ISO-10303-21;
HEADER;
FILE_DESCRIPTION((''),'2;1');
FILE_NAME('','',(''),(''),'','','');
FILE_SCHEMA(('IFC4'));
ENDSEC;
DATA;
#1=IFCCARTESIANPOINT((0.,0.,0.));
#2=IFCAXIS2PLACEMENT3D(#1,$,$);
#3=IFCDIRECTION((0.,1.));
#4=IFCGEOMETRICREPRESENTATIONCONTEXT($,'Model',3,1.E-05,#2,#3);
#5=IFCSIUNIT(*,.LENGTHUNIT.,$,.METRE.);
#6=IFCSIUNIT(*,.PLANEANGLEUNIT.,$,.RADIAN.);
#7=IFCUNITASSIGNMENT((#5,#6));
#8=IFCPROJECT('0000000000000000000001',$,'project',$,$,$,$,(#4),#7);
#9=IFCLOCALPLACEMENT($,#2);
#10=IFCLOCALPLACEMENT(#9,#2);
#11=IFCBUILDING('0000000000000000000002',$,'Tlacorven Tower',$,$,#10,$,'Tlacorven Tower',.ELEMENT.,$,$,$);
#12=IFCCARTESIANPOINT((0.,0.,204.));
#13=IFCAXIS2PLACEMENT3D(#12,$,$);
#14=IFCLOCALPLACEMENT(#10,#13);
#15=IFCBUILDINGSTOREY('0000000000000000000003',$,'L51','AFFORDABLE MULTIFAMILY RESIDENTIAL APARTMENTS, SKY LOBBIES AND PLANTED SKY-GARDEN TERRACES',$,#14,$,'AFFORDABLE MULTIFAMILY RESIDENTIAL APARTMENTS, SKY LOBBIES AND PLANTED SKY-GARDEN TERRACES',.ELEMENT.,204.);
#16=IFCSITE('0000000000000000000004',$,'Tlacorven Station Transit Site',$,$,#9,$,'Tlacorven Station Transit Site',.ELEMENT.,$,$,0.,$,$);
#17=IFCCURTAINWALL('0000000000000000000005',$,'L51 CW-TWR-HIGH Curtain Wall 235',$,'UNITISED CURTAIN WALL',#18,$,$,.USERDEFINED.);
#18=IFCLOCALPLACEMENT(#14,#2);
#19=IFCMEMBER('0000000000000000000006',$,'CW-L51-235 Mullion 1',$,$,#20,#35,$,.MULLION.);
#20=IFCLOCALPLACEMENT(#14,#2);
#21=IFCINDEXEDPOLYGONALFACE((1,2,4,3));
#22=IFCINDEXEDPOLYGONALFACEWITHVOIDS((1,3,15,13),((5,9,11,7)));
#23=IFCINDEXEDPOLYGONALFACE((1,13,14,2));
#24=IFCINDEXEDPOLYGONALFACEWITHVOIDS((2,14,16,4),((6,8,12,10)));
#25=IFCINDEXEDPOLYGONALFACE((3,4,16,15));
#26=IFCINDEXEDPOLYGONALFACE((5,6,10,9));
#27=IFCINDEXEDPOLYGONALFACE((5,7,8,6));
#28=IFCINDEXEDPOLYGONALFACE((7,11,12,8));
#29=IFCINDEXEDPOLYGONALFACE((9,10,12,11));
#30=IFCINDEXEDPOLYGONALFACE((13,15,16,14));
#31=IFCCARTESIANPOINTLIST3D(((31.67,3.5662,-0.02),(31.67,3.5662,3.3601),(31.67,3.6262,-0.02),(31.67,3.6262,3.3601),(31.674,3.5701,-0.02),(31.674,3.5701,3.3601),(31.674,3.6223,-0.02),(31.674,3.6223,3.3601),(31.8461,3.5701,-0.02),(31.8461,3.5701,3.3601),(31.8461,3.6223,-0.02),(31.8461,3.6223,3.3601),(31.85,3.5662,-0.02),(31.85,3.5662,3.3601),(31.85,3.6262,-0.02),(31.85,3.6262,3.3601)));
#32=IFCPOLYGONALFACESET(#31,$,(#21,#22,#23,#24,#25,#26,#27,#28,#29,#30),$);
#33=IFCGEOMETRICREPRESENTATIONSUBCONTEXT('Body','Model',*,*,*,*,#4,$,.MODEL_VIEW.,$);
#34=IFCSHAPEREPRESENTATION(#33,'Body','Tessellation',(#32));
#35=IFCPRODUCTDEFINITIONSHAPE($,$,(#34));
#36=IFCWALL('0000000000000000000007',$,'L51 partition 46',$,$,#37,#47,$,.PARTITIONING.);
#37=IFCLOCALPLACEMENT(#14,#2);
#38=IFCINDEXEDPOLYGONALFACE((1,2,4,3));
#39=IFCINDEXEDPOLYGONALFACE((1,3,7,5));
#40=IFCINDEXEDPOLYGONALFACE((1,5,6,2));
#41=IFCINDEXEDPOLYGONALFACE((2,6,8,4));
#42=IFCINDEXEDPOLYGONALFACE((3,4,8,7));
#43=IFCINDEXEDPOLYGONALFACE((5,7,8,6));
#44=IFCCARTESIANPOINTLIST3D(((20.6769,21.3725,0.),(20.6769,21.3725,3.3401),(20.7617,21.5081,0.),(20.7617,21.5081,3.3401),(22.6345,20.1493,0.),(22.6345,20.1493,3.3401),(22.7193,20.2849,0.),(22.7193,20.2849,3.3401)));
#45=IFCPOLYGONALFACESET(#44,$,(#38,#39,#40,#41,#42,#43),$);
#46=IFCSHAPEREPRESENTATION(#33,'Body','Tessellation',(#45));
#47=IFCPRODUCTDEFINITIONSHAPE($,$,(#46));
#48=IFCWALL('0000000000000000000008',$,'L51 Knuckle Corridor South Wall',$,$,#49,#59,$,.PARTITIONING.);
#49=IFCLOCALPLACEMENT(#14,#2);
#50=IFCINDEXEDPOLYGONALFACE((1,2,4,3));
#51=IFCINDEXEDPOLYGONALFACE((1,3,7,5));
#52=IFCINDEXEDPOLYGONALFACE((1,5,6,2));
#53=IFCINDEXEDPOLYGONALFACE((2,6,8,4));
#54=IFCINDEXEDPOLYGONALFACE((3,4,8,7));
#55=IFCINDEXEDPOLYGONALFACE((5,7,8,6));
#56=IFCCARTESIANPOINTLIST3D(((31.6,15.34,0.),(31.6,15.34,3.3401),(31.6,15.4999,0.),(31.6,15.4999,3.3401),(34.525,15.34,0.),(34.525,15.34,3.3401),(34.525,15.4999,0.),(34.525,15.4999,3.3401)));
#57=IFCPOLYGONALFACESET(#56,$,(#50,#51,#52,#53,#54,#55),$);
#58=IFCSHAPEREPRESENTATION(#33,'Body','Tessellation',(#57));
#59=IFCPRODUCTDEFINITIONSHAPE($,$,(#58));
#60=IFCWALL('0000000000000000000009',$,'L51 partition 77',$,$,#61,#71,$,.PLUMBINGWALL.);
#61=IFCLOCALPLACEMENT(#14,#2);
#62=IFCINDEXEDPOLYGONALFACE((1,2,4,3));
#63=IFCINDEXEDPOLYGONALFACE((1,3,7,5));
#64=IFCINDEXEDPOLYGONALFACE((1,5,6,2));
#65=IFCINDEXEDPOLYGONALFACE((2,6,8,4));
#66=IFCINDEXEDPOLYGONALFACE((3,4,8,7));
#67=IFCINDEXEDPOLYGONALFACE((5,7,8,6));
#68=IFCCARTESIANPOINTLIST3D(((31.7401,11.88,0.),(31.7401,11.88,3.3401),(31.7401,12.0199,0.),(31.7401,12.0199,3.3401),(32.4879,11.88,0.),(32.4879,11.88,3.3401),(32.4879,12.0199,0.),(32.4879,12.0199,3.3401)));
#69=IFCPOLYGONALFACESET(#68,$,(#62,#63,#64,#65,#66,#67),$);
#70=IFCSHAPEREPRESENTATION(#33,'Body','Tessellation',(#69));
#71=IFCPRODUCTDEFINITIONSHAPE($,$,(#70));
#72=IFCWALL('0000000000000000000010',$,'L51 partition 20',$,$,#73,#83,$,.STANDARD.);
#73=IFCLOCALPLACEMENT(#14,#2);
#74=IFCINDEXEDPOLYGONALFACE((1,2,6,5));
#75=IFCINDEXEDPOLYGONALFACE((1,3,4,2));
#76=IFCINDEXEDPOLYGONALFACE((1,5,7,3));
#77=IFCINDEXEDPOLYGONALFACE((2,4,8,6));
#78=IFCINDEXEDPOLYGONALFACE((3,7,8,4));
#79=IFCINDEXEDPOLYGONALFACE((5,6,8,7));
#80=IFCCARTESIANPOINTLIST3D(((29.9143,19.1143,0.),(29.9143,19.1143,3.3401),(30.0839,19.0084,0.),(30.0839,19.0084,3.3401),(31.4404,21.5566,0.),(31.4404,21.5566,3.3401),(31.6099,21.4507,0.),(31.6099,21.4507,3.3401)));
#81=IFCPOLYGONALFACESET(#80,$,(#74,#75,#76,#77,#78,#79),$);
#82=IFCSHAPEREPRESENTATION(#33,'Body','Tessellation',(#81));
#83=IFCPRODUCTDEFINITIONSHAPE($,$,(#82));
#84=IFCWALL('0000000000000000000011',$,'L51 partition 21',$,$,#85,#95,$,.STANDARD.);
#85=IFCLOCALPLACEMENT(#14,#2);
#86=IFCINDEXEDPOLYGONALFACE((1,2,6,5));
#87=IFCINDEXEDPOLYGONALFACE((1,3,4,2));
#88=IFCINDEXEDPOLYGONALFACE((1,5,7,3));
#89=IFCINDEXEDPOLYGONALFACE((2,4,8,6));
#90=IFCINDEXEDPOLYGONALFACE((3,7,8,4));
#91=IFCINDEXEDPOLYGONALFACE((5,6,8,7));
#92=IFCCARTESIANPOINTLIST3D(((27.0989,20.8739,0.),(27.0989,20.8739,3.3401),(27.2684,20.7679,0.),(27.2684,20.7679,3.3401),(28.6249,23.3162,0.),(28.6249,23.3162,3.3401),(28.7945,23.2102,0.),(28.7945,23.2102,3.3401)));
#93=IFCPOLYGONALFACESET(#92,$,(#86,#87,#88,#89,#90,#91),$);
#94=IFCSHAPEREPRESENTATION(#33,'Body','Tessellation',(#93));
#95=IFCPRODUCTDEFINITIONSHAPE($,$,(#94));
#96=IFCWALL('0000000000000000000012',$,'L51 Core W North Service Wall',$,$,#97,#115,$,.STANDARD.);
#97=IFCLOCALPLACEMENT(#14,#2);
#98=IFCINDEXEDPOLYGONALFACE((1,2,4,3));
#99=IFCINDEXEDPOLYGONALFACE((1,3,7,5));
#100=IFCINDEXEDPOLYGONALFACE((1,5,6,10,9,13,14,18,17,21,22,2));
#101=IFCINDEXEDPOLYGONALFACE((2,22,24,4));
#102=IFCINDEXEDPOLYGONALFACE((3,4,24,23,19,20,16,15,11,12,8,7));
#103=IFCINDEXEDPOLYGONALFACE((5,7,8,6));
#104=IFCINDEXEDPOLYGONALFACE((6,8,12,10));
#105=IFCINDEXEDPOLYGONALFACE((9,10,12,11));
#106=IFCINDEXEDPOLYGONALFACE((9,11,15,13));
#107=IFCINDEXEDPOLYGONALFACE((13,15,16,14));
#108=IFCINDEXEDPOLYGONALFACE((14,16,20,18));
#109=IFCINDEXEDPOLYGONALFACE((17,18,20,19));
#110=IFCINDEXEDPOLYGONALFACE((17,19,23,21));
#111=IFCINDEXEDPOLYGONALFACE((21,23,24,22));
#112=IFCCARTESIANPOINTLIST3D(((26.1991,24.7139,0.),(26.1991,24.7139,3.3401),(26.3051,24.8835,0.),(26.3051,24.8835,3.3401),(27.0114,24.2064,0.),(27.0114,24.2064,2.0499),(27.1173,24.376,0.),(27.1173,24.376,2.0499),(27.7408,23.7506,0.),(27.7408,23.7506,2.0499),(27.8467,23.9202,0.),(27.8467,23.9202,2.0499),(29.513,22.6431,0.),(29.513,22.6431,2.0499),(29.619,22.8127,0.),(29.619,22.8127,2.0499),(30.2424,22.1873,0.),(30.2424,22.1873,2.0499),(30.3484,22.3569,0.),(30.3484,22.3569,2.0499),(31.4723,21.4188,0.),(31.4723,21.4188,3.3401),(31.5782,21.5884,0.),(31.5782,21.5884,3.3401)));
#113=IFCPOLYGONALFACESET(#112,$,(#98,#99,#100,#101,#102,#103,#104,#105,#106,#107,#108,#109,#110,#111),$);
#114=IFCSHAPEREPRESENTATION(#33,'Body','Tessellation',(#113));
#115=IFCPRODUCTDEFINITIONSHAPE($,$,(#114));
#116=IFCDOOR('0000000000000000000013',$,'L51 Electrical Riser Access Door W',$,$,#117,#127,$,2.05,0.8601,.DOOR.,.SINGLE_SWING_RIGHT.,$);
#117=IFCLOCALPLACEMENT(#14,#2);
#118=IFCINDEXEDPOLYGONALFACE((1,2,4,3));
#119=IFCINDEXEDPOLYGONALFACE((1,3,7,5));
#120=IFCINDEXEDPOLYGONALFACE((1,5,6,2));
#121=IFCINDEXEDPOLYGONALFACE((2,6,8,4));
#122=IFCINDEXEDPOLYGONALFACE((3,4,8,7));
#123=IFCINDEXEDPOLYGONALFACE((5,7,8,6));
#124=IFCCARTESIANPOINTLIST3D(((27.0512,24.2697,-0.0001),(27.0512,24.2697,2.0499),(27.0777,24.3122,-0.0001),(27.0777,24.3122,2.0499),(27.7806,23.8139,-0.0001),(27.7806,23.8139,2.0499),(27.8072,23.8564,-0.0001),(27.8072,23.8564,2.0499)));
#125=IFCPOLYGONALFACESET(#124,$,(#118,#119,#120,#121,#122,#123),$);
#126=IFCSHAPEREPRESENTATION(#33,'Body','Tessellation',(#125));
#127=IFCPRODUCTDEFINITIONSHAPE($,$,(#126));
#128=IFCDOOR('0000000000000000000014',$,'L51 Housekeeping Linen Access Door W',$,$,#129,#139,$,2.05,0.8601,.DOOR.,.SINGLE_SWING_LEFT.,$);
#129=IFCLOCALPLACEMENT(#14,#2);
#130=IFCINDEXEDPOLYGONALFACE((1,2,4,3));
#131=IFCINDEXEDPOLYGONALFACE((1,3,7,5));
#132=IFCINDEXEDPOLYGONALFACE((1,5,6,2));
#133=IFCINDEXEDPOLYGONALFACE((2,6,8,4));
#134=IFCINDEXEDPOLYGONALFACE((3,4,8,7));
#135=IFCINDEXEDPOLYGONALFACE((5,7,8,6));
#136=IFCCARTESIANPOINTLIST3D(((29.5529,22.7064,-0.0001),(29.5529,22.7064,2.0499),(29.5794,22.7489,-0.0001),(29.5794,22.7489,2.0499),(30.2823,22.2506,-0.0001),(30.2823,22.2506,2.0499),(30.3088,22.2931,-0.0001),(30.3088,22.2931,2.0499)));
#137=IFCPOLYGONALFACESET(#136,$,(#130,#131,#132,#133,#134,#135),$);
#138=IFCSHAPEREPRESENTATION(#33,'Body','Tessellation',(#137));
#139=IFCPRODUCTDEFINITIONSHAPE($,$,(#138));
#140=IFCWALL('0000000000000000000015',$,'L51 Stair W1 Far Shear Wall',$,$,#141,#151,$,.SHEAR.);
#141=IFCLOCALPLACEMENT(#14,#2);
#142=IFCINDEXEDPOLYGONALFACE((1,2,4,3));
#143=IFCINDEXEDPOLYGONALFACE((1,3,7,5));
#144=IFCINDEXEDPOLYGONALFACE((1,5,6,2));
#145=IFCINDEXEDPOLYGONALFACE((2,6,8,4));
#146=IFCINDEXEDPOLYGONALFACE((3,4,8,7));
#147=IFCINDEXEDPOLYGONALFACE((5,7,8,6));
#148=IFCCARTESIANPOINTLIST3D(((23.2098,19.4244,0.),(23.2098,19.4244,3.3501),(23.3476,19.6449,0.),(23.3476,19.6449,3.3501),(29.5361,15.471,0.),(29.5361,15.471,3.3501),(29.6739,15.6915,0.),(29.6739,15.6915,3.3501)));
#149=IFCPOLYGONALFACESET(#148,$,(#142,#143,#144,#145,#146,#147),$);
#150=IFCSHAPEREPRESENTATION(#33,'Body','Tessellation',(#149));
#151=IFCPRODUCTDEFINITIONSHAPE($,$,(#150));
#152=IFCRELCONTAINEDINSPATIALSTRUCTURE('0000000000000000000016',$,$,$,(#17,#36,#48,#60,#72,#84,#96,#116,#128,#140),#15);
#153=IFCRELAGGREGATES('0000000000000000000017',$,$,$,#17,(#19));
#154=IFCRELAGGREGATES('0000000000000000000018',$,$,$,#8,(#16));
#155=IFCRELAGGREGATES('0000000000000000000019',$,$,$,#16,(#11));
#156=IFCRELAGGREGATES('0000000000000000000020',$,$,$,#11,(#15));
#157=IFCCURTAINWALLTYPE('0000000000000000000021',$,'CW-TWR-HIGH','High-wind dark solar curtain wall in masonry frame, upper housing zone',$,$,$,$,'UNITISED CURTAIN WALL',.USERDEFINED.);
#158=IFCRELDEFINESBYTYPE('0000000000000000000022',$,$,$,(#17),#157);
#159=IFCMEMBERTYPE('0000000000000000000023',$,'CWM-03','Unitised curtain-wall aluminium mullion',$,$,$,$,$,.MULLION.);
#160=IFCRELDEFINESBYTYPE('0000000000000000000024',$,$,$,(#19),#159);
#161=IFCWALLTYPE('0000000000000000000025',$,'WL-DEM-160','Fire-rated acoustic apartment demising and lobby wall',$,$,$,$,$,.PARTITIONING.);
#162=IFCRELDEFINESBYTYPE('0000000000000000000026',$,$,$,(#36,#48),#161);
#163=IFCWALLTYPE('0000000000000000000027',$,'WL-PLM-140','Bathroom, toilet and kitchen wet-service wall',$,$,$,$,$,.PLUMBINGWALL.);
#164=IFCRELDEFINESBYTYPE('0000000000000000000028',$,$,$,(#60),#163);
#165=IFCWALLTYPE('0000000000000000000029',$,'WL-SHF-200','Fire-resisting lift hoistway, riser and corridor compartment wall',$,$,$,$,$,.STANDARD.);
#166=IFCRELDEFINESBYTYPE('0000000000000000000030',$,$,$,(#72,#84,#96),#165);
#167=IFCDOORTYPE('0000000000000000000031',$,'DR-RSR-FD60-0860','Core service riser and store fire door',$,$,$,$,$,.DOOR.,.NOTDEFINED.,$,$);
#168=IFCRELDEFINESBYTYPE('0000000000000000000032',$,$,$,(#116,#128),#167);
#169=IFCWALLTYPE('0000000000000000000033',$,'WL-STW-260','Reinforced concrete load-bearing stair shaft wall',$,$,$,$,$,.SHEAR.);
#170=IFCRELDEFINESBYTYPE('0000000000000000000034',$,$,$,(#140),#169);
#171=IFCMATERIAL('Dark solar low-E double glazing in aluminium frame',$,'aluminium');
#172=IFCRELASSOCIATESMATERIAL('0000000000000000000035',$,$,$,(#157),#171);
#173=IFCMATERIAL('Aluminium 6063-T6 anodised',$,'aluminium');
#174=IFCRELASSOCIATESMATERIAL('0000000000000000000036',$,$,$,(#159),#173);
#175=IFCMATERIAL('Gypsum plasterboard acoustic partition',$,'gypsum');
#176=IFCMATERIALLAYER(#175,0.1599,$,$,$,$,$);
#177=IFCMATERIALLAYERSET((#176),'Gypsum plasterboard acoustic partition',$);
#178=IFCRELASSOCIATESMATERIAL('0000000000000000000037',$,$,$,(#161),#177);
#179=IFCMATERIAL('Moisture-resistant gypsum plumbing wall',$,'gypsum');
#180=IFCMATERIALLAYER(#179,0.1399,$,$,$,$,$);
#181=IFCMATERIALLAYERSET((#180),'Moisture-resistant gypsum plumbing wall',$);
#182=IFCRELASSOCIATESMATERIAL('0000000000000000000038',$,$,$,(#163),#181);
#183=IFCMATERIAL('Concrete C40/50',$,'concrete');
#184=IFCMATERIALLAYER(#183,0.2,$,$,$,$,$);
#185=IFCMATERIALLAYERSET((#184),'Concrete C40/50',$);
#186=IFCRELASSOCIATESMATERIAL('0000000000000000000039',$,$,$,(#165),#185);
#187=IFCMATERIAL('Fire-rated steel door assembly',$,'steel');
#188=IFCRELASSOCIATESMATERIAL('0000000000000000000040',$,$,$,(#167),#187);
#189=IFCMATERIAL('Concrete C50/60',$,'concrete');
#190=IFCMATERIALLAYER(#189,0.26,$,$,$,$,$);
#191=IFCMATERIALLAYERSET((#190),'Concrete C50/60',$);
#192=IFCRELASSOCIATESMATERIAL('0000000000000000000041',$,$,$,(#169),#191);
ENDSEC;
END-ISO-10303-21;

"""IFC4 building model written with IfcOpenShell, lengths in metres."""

from ifc_helpers import new_model, si_unit, direction, frame, frame_2d, origin, origin_2d, place, context, subcontext, project, spatial, rectangle, hollow_rectangle, extrude, source, transform, mapped, material, layer, layer_set, material_profile, profile_set, type_object, element, fill, aggregate, save


model = new_model("IFC4")

# Units and contexts
model_context = context("Model", 3, precision=1e-05, world=origin(), true_north=direction((0.0, 1.0)))
body_context = subcontext(model_context, "Body", "Model", "MODEL_VIEW")
ifc_project = project(units=[si_unit("LENGTHUNIT", "METRE"), si_unit("PLANEANGLEUNIT", "RADIAN")], contexts=[model_context])

# Site, building, storey
site_placement = place(None, origin())
site = spatial("IfcSite", under=ifc_project, at=site_placement, Name="Tlacorven Station Transit Site", LongName="Tlacorven Station Transit Site", CompositionType="ELEMENT", RefElevation=0.0)
building_placement = place(site_placement, origin())
building = spatial("IfcBuilding", under=site, at=building_placement, Name="Tlacorven Tower", LongName="Tlacorven Tower", CompositionType="ELEMENT")
storey_placement = place(building_placement, frame((0.0, 0.0, 204.0)))
storey = spatial("IfcBuildingStorey", under=building, at=storey_placement, Name="L51", Description="AFFORDABLE MULTIFAMILY RESIDENTIAL APARTMENTS, SKY LOBBIES AND PLANTED SKY-GARDEN TERRACES", LongName="AFFORDABLE MULTIFAMILY RESIDENTIAL APARTMENTS, SKY LOBBIES AND PLANTED SKY-GARDEN TERRACES", CompositionType="ELEMENT", Elevation=204.0)

# Curtain wall, member
ifc_material_1 = material(Name="Dark solar low-E double glazing in aluminium frame", Category="aluminium")
curtain_wall_type = type_object("IfcCurtainWallType", Name="CW-TWR-HIGH", Description="High-wind dark solar curtain wall in masonry frame, upper housing zone", ElementType="UNITISED CURTAIN WALL", PredefinedType="USERDEFINED", material=ifc_material_1)
curtain_wall_placement = place(storey_placement, origin())
curtain_wall = element("IfcCurtainWall", 1, at=curtain_wall_placement, inside=storey, type_object=curtain_wall_type, Name="L51 CW-TWR-HIGH Curtain Wall 235", ObjectType="UNITISED CURTAIN WALL", PredefinedType="USERDEFINED")
ifc_material_2 = material(Name="Aluminium 6063-T6 anodised", Category="aluminium")
ifc_material_profile = material_profile(ifc_material_2, hollow_rectangle(XDim=0.0601, YDim=0.1799, WallThickness=0.0039, at=origin_2d()), Name="ALU MULLION 60X180")
ifc_profile_set = profile_set([ifc_material_profile], Name="Aluminium 6063-T6 anodised")
member_type = type_object("IfcMemberType", Name="CWM-03", Description="Unitised curtain-wall aluminium mullion", PredefinedType="MULLION", material=ifc_profile_set)
shared_shape_1 = source(origin(), body_context, "Body", "SweptSolid", [
    extrude(hollow_rectangle(XDim=0.0601, YDim=0.1799, WallThickness=0.0039, at=origin_2d()), origin(), (0.0, 0.0, 1.0), 3.3801),
])
member_placement = place(storey_placement, frame((31.76, 3.5962, -0.02), z_axis=(0.0, 0.0, 1.0), x_axis=(0.0, 1.0, 0.0)))
member = element("IfcMember", 2, at=member_placement, type_object=member_type, Name="CW-L51-235 Mullion 1", PredefinedType="MULLION", context=body_context, shape_type="MappedRepresentation", body=[
    mapped(shared_shape_1, transform((0.0, 0.0, 0.0), scale=1.0)),
])
aggregate(curtain_wall, [member])

# Walls
ifc_material_3 = material(Name="Gypsum plasterboard acoustic partition", Category="gypsum")
ifc_layer_1 = layer(ifc_material_3, 0.1599)
ifc_layer_set_1 = layer_set([ifc_layer_1], Name="Gypsum plasterboard acoustic partition")
wall_type_1 = type_object("IfcWallType", Name="WL-DEM-160", Description="Fire-rated acoustic apartment demising and lobby wall", PredefinedType="PARTITIONING", material=ifc_layer_set_1)
wall_1_placement = place(storey_placement, frame((22.677, 20.217, 0.0), z_axis=(0.0, 0.0, 1.0), x_axis=(-0.848058, 0.529904, 0.0)))
element("IfcWall", 3, at=wall_1_placement, inside=storey, type_object=wall_type_1, Name="L51 partition 46", PredefinedType="PARTITIONING", context=body_context, shape_type="SweptSolid", body=[
    extrude(rectangle(XDim=2.3083, YDim=0.1599, at=frame_2d((1.1543, 0.0))), origin(), (0.0, 0.0, 1.0), 3.3401),
])
wall_2_placement = place(storey_placement, frame((31.6001, 15.4199, 0.0), z_axis=(0.0, 0.0, 1.0), x_axis=(1.0, 0.0, 0.0)))
element("IfcWall", 4, at=wall_2_placement, inside=storey, type_object=wall_type_1, Name="L51 Knuckle Corridor South Wall", PredefinedType="PARTITIONING", context=body_context, shape_type="SweptSolid", body=[
    extrude(rectangle(XDim=2.925, YDim=0.1599, at=frame_2d((1.4624, 0.0))), origin(), (0.0, 0.0, 1.0), 3.3401),
])
ifc_material_4 = material(Name="Moisture-resistant gypsum plumbing wall", Category="gypsum")
ifc_layer_2 = layer(ifc_material_4, 0.1399)
ifc_layer_set_2 = layer_set([ifc_layer_2], Name="Moisture-resistant gypsum plumbing wall")
wall_type_2 = type_object("IfcWallType", Name="WL-PLM-140", Description="Bathroom, toilet and kitchen wet-service wall", PredefinedType="PLUMBINGWALL", material=ifc_layer_set_2)
wall_3_placement = place(storey_placement, frame((31.74, 11.95, 0.0), z_axis=(0.0, 0.0, 1.0), x_axis=(1.0, 0.0, 0.0)))
element("IfcWall", 5, at=wall_3_placement, inside=storey, type_object=wall_type_2, Name="L51 partition 77", PredefinedType="PLUMBINGWALL", context=body_context, shape_type="SweptSolid", body=[
    extrude(rectangle(XDim=0.7478, YDim=0.1399, at=frame_2d((0.374, 0.0))), origin(), (0.0, 0.0, 1.0), 3.3401),
])
ifc_material_5 = material(Name="Concrete C40/50", Category="concrete")
ifc_layer_3 = layer(ifc_material_5, 0.2)
ifc_layer_set_3 = layer_set([ifc_layer_3], Name="Concrete C40/50")
wall_type_3 = type_object("IfcWallType", Name="WL-SHF-200", Description="Fire-resisting lift hoistway, riser and corridor compartment wall", PredefinedType="STANDARD", material=ifc_layer_set_3)
for number, where, z_axis, x_axis, name in (
    (6, (31.5251, 21.5037, 0.0), (0.0, 0.0, 1.0), (-0.529907, -0.848055, 0.0), "L51 partition 20"),
    (7, (28.7097, 23.2632, 0.0), (0.0, 0.0, 1.0), (-0.529907, -0.848055, 0.0), "L51 partition 21"),
):
    element("IfcWall", number, at=place(storey_placement, frame(where, z_axis=z_axis, x_axis=x_axis)), inside=storey, type_object=wall_type_3, Name=name, PredefinedType="STANDARD", context=body_context, shape_type="SweptSolid", body=[
        extrude(rectangle(XDim=2.8799, YDim=0.2, at=frame_2d((1.4399, 0.0))), origin(), (0.0, 0.0, 1.0), 3.3401),
    ])

# Wall, openings, doors
wall_4_placement = place(storey_placement, frame((31.5251, 21.5037, 0.0), z_axis=(0.0, 0.0, 1.0), x_axis=(-0.84804, 0.529932, 0.0)))
wall_4 = element("IfcWall", 8, at=wall_4_placement, inside=storey, type_object=wall_type_3, Name="L51 Core W North Service Wall", PredefinedType="STANDARD", context=body_context, shape_type="SweptSolid", body=[
    extrude(rectangle(XDim=6.218, YDim=0.2, at=frame_2d((3.1089, 0.0))), origin(), (0.0, 0.0, 1.0), 3.3401),
])
opening_1_placement = place(wall_4_placement, frame((4.3999, 0.0, 0.0)))
opening_1 = element("IfcOpeningElement", 9, at=opening_1_placement, cuts=wall_4, PredefinedType="OPENING", context=body_context, shape_type="SweptSolid", body=[
    extrude(rectangle(XDim=0.8601, YDim=2.05, at=frame_2d((0.4302, 1.0249))), frame((0.0, 0.1099, 0.0), z_axis=(0.0, -1.0, 0.0), x_axis=(1.0, 0.0, 0.0)), (0.0, 0.0, 1.0), 0.22),
])
opening_2_placement = place(wall_4_placement, frame((1.45, 0.0, 0.0)))
opening_2 = element("IfcOpeningElement", 10, at=opening_2_placement, cuts=wall_4, PredefinedType="OPENING", context=body_context, shape_type="SweptSolid", body=[
    extrude(rectangle(XDim=0.8601, YDim=2.05, at=frame_2d((0.4302, 1.0249))), frame((0.0, 0.1099, 0.0), z_axis=(0.0, -1.0, 0.0), x_axis=(1.0, 0.0, 0.0)), (0.0, 0.0, 1.0), 0.22),
])
ifc_material_6 = material(Name="Fire-rated steel door assembly", Category="steel")
door_type = type_object("IfcDoorType", Name="DR-RSR-FD60-0860", Description="Core service riser and store fire door", OperationType="NOTDEFINED", PredefinedType="DOOR", material=ifc_material_6)
shared_shape_2 = source(origin(), body_context, "Body", "SweptSolid", [
    extrude(rectangle(XDim=0.8601, YDim=2.05, at=frame_2d((0.4302, 1.0249))), frame((0.0, 0.0249, 0.0), z_axis=(0.0, -1.0, 0.0), x_axis=(1.0, 0.0, 0.0)), (0.0, 0.0, 1.0), 0.05),
])
door_1_placement = place(opening_1_placement, frame((0.8601, 0.0, 0.0), z_axis=(0.0, 0.0, 1.0), x_axis=(-1.0, 0.0, 0.0)))
door_1 = element("IfcDoor", 11, at=door_1_placement, inside=storey, type_object=door_type, Name="L51 Electrical Riser Access Door W", OperationType="SINGLE_SWING_RIGHT", OverallHeight=2.05, OverallWidth=0.8601, PredefinedType="DOOR", context=body_context, shape_type="MappedRepresentation", body=[
    mapped(shared_shape_2, transform((0.0, 0.0, 0.0), scale=1.0)),
])
fill(opening_1, door_1)
door_2_placement = place(opening_2_placement, frame((0.8601, 0.0, 0.0), z_axis=(0.0, 0.0, 1.0), x_axis=(-1.0, 0.0, 0.0)))
door_2 = element("IfcDoor", 12, at=door_2_placement, inside=storey, type_object=door_type, Name="L51 Housekeeping Linen Access Door W", OperationType="SINGLE_SWING_LEFT", OverallHeight=2.05, OverallWidth=0.8601, PredefinedType="DOOR", context=body_context, shape_type="MappedRepresentation", body=[
    mapped(shared_shape_2, transform((0.0, 0.0, 0.0), scale=1.0)),
])
fill(opening_2, door_2)

# Wall
ifc_material_7 = material(Name="Concrete C50/60", Category="concrete")
ifc_layer_4 = layer(ifc_material_7, 0.26)
ifc_layer_set_4 = layer_set([ifc_layer_4], Name="Concrete C50/60")
wall_type_4 = type_object("IfcWallType", Name="WL-STW-260", Description="Reinforced concrete load-bearing stair shaft wall", PredefinedType="SHEAR", material=ifc_layer_set_4)
wall_5_placement = place(storey_placement, frame((29.605, 15.5813, 0.0), z_axis=(0.0, 0.0, 1.0), x_axis=(-0.848037, 0.529937, 0.0)))
element("IfcWall", 13, at=wall_5_placement, inside=storey, type_object=wall_type_4, Name="L51 Stair W1 Far Shear Wall", PredefinedType="SHEAR", context=body_context, shape_type="SweptSolid", body=[
    extrude(rectangle(XDim=7.46, YDim=0.26, at=frame_2d((3.73, 0.0))), origin(), (0.0, 0.0, 1.0), 3.3501),
])

save(model, "model.ifc")
